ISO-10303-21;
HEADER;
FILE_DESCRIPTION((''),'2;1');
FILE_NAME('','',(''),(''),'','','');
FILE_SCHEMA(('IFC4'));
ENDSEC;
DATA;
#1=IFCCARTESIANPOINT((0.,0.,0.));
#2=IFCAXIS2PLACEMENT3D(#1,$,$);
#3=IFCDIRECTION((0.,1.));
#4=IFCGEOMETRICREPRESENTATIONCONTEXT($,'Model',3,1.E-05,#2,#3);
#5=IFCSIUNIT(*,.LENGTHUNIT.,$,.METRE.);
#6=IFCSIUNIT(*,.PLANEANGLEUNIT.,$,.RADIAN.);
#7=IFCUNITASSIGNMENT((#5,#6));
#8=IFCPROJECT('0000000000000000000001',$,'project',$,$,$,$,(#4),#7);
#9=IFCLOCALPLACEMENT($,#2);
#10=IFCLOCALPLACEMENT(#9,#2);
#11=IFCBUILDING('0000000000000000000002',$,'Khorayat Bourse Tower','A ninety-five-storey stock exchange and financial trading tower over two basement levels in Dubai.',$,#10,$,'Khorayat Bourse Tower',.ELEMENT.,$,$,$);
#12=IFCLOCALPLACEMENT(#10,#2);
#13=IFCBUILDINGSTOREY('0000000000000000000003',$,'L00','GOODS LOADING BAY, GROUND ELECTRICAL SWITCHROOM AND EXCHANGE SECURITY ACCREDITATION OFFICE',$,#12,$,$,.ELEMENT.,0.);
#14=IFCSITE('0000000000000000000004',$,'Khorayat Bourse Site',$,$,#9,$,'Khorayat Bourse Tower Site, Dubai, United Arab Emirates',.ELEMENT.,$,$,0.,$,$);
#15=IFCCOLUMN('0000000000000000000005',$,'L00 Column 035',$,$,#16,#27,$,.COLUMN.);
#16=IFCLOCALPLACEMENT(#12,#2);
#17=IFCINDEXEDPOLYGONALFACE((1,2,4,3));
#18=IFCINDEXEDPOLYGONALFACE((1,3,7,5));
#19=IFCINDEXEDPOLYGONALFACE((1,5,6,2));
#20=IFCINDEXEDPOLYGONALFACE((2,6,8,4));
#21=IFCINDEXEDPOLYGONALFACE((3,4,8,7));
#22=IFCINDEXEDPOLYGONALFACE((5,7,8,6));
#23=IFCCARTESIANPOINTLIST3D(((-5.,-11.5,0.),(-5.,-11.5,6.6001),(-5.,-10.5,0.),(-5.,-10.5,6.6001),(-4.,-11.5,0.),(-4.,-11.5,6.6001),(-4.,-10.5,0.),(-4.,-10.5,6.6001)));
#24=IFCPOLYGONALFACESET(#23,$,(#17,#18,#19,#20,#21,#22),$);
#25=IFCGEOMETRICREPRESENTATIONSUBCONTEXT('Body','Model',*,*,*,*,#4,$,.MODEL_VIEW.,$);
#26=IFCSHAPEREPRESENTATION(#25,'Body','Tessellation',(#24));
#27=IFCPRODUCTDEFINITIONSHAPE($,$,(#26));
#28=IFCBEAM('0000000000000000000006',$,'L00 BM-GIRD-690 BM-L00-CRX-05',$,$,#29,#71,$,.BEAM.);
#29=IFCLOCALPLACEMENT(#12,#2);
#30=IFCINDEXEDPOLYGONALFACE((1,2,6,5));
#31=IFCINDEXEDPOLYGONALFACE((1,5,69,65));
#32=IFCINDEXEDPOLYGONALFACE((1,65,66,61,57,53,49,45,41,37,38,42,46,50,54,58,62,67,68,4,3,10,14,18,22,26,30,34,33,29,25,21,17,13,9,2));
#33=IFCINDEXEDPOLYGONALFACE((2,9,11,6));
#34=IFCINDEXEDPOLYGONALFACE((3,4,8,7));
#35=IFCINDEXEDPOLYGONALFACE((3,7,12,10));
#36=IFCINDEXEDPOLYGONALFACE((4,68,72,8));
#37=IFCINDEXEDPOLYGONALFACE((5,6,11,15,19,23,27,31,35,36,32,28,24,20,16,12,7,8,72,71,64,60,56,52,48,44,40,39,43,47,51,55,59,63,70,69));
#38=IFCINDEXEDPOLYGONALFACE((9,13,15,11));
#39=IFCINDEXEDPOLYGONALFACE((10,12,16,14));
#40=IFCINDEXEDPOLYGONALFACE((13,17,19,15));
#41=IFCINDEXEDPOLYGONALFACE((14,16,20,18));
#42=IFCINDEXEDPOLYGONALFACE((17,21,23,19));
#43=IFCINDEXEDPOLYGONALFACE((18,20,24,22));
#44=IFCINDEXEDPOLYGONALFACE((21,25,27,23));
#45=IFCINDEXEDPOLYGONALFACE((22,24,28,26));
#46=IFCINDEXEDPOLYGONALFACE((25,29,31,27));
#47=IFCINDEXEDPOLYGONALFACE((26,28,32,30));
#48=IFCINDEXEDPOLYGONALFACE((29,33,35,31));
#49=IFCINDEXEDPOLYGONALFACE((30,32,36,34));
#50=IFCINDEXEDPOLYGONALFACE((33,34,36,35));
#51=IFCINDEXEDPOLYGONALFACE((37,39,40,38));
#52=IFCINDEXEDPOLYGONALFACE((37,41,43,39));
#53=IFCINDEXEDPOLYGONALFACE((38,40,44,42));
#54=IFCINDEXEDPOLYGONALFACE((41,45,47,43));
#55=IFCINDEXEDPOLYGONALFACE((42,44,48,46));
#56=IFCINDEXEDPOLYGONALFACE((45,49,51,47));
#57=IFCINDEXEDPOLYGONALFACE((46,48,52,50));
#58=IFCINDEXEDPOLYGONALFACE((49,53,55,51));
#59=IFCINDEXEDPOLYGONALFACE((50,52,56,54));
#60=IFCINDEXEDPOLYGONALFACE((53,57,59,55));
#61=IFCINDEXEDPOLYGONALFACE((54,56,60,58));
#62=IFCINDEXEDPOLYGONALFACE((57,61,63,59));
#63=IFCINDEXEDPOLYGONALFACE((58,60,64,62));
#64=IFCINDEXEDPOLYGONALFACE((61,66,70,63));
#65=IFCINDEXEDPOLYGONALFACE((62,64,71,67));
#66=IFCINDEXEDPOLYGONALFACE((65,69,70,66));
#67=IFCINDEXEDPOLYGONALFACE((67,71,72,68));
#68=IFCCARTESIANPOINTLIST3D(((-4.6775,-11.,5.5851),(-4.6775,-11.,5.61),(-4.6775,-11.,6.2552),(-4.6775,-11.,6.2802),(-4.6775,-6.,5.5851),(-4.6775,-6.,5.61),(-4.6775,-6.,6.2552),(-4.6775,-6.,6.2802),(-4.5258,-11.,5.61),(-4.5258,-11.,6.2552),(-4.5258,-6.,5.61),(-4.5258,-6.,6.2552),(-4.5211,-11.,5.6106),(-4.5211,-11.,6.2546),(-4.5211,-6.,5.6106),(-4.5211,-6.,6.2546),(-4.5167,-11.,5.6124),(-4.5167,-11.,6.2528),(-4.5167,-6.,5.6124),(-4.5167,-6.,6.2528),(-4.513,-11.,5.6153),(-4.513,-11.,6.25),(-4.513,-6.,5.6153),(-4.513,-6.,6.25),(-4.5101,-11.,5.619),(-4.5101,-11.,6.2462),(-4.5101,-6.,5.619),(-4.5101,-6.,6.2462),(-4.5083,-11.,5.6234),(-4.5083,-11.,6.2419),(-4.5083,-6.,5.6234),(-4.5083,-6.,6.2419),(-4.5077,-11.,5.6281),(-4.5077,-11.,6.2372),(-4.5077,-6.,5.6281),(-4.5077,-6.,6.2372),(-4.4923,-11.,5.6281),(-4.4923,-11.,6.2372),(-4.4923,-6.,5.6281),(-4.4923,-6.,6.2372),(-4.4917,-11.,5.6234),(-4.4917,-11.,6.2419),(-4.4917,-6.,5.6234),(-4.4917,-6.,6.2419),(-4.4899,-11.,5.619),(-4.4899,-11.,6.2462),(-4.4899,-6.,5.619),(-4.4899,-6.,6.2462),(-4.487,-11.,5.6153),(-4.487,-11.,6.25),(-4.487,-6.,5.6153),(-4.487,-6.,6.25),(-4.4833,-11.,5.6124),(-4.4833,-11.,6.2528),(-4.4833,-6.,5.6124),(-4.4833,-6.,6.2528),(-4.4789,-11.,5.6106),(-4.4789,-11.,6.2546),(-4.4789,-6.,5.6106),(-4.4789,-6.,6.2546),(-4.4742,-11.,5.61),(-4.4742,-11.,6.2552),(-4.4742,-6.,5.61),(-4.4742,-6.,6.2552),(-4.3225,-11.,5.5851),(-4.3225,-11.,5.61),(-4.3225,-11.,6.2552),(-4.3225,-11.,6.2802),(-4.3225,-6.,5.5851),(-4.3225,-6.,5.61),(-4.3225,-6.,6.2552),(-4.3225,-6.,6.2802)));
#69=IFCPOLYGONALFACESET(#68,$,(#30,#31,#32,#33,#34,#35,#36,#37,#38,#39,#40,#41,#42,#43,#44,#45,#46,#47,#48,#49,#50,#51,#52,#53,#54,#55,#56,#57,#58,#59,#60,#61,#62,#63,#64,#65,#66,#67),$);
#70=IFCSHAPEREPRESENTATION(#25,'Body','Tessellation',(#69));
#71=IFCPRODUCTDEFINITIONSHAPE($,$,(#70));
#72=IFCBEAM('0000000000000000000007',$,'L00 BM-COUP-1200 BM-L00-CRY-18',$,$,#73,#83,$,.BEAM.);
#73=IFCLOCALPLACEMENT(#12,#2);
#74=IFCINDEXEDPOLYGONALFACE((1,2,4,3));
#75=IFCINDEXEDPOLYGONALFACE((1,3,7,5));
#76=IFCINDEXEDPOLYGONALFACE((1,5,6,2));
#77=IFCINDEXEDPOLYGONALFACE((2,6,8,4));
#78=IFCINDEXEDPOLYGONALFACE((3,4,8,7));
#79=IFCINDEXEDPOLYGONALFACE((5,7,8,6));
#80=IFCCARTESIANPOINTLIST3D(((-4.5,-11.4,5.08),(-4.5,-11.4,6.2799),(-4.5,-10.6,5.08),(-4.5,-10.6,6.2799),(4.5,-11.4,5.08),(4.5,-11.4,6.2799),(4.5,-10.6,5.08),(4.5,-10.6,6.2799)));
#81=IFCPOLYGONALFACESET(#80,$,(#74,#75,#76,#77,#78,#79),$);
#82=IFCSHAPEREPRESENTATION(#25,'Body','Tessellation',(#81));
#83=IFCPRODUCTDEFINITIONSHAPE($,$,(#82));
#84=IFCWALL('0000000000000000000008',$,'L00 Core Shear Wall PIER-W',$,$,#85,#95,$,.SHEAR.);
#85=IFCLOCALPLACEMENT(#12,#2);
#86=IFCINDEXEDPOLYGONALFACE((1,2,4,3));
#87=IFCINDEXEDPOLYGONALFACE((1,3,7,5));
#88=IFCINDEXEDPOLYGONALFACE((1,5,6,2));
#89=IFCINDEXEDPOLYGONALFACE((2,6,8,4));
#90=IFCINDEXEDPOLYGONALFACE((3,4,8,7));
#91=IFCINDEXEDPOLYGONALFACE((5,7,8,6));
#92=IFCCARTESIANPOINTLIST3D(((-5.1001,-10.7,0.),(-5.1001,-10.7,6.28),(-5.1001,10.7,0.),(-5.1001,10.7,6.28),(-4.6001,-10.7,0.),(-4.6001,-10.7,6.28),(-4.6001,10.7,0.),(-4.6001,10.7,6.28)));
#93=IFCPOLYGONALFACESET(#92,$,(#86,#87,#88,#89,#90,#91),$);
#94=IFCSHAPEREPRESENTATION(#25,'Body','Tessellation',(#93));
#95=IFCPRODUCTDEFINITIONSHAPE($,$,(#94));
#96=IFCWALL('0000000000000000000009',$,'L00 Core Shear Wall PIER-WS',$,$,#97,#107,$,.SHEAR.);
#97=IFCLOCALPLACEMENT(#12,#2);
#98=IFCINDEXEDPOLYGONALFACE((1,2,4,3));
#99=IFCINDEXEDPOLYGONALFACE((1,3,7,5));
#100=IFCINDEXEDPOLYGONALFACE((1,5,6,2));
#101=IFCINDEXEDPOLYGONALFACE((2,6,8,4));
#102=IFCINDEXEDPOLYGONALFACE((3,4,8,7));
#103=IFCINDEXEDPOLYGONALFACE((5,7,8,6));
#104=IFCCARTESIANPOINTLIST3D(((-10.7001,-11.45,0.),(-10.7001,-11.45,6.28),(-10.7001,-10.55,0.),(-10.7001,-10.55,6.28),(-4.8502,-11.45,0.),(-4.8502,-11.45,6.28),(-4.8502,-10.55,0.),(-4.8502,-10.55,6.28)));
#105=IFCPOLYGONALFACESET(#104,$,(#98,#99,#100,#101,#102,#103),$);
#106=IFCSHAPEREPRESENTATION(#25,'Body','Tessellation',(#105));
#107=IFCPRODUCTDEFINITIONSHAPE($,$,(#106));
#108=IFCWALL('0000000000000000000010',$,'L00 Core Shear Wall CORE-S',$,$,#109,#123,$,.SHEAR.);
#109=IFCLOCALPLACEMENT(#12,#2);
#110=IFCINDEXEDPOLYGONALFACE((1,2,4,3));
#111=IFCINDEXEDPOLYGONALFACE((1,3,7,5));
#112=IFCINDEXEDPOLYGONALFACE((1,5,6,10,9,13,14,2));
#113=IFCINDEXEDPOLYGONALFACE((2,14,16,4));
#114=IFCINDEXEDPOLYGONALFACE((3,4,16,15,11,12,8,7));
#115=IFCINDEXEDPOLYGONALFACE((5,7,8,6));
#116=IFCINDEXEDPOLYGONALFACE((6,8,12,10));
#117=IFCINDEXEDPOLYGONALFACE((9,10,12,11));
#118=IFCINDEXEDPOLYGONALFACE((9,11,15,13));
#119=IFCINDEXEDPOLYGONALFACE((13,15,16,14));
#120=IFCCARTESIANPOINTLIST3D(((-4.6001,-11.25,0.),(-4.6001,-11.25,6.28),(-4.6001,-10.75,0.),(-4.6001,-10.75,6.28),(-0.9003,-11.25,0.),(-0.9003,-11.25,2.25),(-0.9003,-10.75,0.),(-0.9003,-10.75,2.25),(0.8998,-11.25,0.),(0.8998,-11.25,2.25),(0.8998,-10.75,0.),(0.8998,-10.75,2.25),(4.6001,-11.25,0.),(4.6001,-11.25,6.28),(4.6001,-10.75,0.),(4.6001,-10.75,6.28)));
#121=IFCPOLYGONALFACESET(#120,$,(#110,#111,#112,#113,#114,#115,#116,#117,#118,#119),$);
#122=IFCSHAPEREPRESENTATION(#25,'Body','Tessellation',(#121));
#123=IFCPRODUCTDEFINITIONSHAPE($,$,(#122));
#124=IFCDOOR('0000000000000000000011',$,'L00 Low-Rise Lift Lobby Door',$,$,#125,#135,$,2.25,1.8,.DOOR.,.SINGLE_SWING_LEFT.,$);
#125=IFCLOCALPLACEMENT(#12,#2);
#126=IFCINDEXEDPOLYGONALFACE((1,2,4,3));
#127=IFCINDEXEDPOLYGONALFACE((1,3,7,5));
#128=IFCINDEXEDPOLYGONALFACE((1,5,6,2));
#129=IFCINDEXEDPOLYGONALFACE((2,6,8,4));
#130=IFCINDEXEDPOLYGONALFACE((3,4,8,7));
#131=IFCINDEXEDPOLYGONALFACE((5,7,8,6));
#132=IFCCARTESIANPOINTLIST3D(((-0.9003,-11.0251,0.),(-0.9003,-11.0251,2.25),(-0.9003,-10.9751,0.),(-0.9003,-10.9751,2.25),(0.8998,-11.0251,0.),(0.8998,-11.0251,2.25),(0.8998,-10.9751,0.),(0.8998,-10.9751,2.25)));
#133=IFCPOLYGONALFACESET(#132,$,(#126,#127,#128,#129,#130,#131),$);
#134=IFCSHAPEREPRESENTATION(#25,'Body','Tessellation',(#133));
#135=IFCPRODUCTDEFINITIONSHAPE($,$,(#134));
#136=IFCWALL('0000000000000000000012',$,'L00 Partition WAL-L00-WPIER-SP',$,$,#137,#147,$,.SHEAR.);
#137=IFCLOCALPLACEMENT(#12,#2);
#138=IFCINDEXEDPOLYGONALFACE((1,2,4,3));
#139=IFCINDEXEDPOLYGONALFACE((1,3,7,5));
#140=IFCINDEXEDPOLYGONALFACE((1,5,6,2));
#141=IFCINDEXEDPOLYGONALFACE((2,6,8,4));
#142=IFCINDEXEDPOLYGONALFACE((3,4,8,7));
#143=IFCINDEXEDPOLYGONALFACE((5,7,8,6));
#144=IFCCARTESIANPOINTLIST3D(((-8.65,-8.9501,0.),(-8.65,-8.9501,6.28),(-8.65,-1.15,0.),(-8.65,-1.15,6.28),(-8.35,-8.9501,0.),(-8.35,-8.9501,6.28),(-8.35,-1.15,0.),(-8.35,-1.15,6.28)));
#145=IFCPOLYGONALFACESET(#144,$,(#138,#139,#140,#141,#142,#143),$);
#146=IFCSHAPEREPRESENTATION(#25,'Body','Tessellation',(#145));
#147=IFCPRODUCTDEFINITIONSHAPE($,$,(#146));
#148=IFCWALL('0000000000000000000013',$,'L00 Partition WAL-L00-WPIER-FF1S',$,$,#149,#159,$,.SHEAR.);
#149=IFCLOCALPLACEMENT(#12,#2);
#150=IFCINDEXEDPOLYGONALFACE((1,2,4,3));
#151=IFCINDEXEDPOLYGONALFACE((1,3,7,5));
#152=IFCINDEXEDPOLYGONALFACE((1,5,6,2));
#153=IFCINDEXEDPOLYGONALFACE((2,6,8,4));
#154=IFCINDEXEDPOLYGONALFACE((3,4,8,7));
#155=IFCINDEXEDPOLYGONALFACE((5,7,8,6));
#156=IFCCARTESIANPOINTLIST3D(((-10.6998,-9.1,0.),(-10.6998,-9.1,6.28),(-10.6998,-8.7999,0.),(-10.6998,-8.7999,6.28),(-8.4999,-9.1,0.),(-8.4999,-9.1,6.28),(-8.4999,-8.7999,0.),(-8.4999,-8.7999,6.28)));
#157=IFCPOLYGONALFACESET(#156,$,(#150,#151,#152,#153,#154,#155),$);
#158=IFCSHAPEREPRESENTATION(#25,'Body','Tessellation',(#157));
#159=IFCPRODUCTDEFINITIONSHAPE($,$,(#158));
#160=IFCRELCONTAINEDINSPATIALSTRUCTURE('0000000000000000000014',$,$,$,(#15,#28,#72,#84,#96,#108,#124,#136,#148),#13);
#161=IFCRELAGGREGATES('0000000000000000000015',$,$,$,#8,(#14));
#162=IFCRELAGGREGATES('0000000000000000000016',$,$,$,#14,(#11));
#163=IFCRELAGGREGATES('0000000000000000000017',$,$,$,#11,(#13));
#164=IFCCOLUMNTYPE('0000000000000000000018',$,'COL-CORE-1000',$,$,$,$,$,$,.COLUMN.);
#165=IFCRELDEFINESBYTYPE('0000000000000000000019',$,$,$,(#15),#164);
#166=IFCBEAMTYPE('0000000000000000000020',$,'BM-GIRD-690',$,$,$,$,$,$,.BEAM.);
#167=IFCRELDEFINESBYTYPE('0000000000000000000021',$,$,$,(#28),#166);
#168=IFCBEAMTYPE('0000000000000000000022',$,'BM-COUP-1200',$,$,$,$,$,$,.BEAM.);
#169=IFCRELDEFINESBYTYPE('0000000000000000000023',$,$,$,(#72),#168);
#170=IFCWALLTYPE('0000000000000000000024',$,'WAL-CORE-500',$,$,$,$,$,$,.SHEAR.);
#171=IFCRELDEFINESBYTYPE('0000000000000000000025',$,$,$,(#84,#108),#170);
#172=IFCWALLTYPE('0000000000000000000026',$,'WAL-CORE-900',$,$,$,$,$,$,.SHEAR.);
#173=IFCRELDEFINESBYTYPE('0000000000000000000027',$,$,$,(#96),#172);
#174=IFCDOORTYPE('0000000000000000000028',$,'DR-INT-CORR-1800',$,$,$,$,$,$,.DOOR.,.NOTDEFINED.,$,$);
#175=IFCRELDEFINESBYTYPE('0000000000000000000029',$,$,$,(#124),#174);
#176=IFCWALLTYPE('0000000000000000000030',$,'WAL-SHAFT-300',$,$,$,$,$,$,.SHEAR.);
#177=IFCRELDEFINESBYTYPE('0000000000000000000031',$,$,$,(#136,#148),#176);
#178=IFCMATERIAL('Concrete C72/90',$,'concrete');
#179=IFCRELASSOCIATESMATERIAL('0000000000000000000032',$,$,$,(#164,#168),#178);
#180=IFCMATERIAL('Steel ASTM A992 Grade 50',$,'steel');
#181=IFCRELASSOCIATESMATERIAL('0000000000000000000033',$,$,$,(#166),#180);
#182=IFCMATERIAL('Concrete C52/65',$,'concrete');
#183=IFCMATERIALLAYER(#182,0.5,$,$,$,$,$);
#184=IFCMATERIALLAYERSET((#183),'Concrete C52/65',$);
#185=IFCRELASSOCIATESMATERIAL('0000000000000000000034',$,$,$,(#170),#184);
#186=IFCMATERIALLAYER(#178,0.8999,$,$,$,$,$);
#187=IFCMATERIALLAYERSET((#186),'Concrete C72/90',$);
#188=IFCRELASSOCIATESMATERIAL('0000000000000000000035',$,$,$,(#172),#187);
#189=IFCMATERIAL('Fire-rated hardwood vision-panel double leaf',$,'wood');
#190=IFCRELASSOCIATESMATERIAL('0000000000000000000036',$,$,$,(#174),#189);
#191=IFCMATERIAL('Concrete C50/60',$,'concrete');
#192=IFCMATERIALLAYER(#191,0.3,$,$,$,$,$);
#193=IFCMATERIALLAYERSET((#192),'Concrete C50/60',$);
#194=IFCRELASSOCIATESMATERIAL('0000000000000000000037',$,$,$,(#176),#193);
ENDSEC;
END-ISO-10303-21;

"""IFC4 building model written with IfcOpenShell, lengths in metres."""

from ifc_helpers import new_model, si_unit, direction, frame, frame_2d, origin, origin_2d, place, context, subcontext, project, spatial, rectangle, i_section, extrude, source, transform, mapped, material, layer, layer_set, material_profile, profile_set, type_object, element, fill, save


model = new_model("IFC4")

# Units and contexts
model_context = context("Model", 3, precision=1e-05, world=origin(), true_north=direction((0.0, 1.0)))
body_context = subcontext(model_context, "Body", "Model", "MODEL_VIEW")
ifc_project = project(units=[si_unit("LENGTHUNIT", "METRE"), si_unit("PLANEANGLEUNIT", "RADIAN")], contexts=[model_context])

# Site, building, storey
site_placement = place(None, origin())
site = spatial("IfcSite", under=ifc_project, at=site_placement, Name="Khorayat Bourse Site", LongName="Khorayat Bourse Tower Site, Dubai, United Arab Emirates", CompositionType="ELEMENT", RefElevation=0.0)
building_placement = place(site_placement, origin())
building = spatial("IfcBuilding", under=site, at=building_placement, Name="Khorayat Bourse Tower", Description="A ninety-five-storey stock exchange and financial trading tower over two basement levels in Dubai.", LongName="Khorayat Bourse Tower", CompositionType="ELEMENT")
storey_placement = place(building_placement, origin())
storey = spatial("IfcBuildingStorey", under=building, at=storey_placement, Name="L00", Description="GOODS LOADING BAY, GROUND ELECTRICAL SWITCHROOM AND EXCHANGE SECURITY ACCREDITATION OFFICE", CompositionType="ELEMENT", Elevation=0.0)

# Column
ifc_material_1 = material(Name="Concrete C72/90", Category="concrete")
ifc_material_profile_1 = material_profile(ifc_material_1, rectangle(XDim=1.0, YDim=1.0, at=origin_2d()), Name="RC 1000x1000")
ifc_profile_set_1 = profile_set([ifc_material_profile_1], Name="Concrete C72/90")
column_type = type_object("IfcColumnType", Name="COL-CORE-1000", PredefinedType="COLUMN", material=ifc_profile_set_1)
shared_shape_1 = source(origin(), body_context, "Body", "SweptSolid", [
    extrude(rectangle(XDim=1.0, YDim=1.0, at=origin_2d()), origin(), (0.0, 0.0, 1.0), 6.6001),
])
column_placement = place(storey_placement, frame((-4.5, -11.0, 0.0), z_axis=(0.0, 0.0, 1.0), x_axis=(1.0, 0.0, 0.0)))
element("IfcColumn", 1, at=column_placement, inside=storey, type_object=column_type, Name="L00 Column 035", PredefinedType="COLUMN", context=body_context, shape_type="MappedRepresentation", body=[
    mapped(shared_shape_1, transform((0.0, 0.0, 0.0), scale=1.0)),
])

# Beams
ifc_material_2 = material(Name="Steel ASTM A992 Grade 50", Category="steel")
ifc_material_profile_2 = material_profile(ifc_material_2, i_section(OverallWidth=0.355, OverallDepth=0.6951, WebThickness=0.0154, FlangeThickness=0.0249, FilletRadius=0.0181, at=origin_2d()), Name="W690X217")
ifc_profile_set_2 = profile_set([ifc_material_profile_2], Name="Steel ASTM A992 Grade 50")
beam_type_1 = type_object("IfcBeamType", Name="BM-GIRD-690", PredefinedType="BEAM", material=ifc_profile_set_2)
shared_shape_2 = source(origin(), body_context, "Body", "SweptSolid", [
    extrude(i_section(OverallWidth=0.355, OverallDepth=0.6951, WebThickness=0.0154, FlangeThickness=0.0249, FilletRadius=0.0181, at=origin_2d()), origin(), (0.0, 0.0, 1.0), 5.0),
])
beam_1_placement = place(storey_placement, frame((-4.5, -11.0, 5.9326), z_axis=(0.0, 1.0, 0.0), x_axis=(-1.0, 0.0, 0.0)))
element("IfcBeam", 2, at=beam_1_placement, inside=storey, type_object=beam_type_1, Name="L00 BM-GIRD-690 BM-L00-CRX-05", PredefinedType="BEAM", context=body_context, shape_type="MappedRepresentation", body=[
    mapped(shared_shape_2, transform((0.0, 0.0, 0.0), scale=1.0)),
])
ifc_material_profile_3 = material_profile(ifc_material_1, rectangle(XDim=0.8, YDim=1.2, at=origin_2d()), Name="RC 800x1200")
ifc_profile_set_3 = profile_set([ifc_material_profile_3], Name="Concrete C72/90")
beam_type_2 = type_object("IfcBeamType", Name="BM-COUP-1200", PredefinedType="BEAM", material=ifc_profile_set_3)
shared_shape_3 = source(origin(), body_context, "Body", "SweptSolid", [
    extrude(rectangle(XDim=0.8, YDim=1.2, at=origin_2d()), origin(), (0.0, 0.0, 1.0), 9.0),
])
beam_2_placement = place(storey_placement, frame((-4.5, -11.0, 5.6799), z_axis=(1.0, 0.0, 0.0), x_axis=(0.0, 1.0, 0.0)))
element("IfcBeam", 3, at=beam_2_placement, inside=storey, type_object=beam_type_2, Name="L00 BM-COUP-1200 BM-L00-CRY-18", PredefinedType="BEAM", context=body_context, shape_type="MappedRepresentation", body=[
    mapped(shared_shape_3, transform((0.0, 0.0, 0.0), scale=1.0)),
])

# Walls
ifc_material_3 = material(Name="Concrete C52/65", Category="concrete")
ifc_layer_1 = layer(ifc_material_3, 0.5)
ifc_layer_set_1 = layer_set([ifc_layer_1], Name="Concrete C52/65")
wall_type_1 = type_object("IfcWallType", Name="WAL-CORE-500", PredefinedType="SHEAR", material=ifc_layer_set_1)
shared_shape_4 = source(origin(), body_context, "Body", "SweptSolid", [
    extrude(rectangle(XDim=21.3999, YDim=0.5, at=frame_2d((10.7, 0.0))), origin(), (0.0, 0.0, 1.0), 6.28),
])
wall_1_placement = place(storey_placement, frame((-4.8501, -10.7, 0.0), z_axis=(0.0, 0.0, 1.0), x_axis=(0.0, 1.0, 0.0)))
element("IfcWall", 4, at=wall_1_placement, inside=storey, type_object=wall_type_1, Name="L00 Core Shear Wall PIER-W", PredefinedType="SHEAR", context=body_context, shape_type="MappedRepresentation", body=[
    mapped(shared_shape_4, transform((0.0, 0.0, 0.0), scale=1.0)),
])
ifc_layer_2 = layer(ifc_material_1, 0.8999)
ifc_layer_set_2 = layer_set([ifc_layer_2], Name="Concrete C72/90")
wall_type_2 = type_object("IfcWallType", Name="WAL-CORE-900", PredefinedType="SHEAR", material=ifc_layer_set_2)
shared_shape_5 = source(origin(), body_context, "Body", "SweptSolid", [
    extrude(rectangle(XDim=5.8499, YDim=0.8999, at=frame_2d((2.9248, 0.0))), origin(), (0.0, 0.0, 1.0), 6.28),
])
wall_2_placement = place(storey_placement, frame((-10.7, -11.0, 0.0), z_axis=(0.0, 0.0, 1.0), x_axis=(1.0, 0.0, 0.0)))
element("IfcWall", 5, at=wall_2_placement, inside=storey, type_object=wall_type_2, Name="L00 Core Shear Wall PIER-WS", PredefinedType="SHEAR", context=body_context, shape_type="MappedRepresentation", body=[
    mapped(shared_shape_5, transform((0.0, 0.0, 0.0), scale=1.0)),
])

# Wall, opening, door
shared_shape_6 = source(origin(), body_context, "Body", "SweptSolid", [
    extrude(rectangle(XDim=9.2002, YDim=0.5, at=frame_2d((4.6001, 0.0))), origin(), (0.0, 0.0, 1.0), 6.28),
])
wall_3_placement = place(storey_placement, frame((-4.6001, -11.0, 0.0), z_axis=(0.0, 0.0, 1.0), x_axis=(1.0, 0.0, 0.0)))
wall_3 = element("IfcWall", 6, at=wall_3_placement, inside=storey, type_object=wall_type_1, Name="L00 Core Shear Wall CORE-S", PredefinedType="SHEAR", context=body_context, shape_type="MappedRepresentation", body=[
    mapped(shared_shape_6, transform((0.0, 0.0, 0.0), scale=1.0)),
])
shared_shape_7 = source(origin(), body_context, "Body", "SweptSolid", [
    extrude(rectangle(XDim=1.8, YDim=2.25, at=frame_2d((0.8999, 1.125))), frame((0.0, 0.26, 0.0), z_axis=(0.0, -1.0, 0.0), x_axis=(1.0, 0.0, 0.0)), (0.0, 0.0, 1.0), 0.52),
])
opening_placement = place(wall_3_placement, frame((3.7, 0.0, 0.0)))
opening = element("IfcOpeningElement", 7, at=opening_placement, cuts=wall_3, PredefinedType="OPENING", context=body_context, shape_type="MappedRepresentation", body=[
    mapped(shared_shape_7, transform((0.0, 0.0, 0.0), scale=1.0)),
])
ifc_material_4 = material(Name="Fire-rated hardwood vision-panel double leaf", Category="wood")
door_type = type_object("IfcDoorType", Name="DR-INT-CORR-1800", OperationType="NOTDEFINED", PredefinedType="DOOR", material=ifc_material_4)
shared_shape_8 = source(origin(), body_context, "Body", "SweptSolid", [
    extrude(rectangle(XDim=1.8, YDim=2.25, at=frame_2d((0.8999, 1.125))), frame((0.0, 0.0249, 0.0), z_axis=(0.0, -1.0, 0.0), x_axis=(1.0, 0.0, 0.0)), (0.0, 0.0, 1.0), 0.05),
])
door_placement = place(opening_placement, origin())
door = element("IfcDoor", 8, at=door_placement, inside=storey, type_object=door_type, Name="L00 Low-Rise Lift Lobby Door", OperationType="SINGLE_SWING_LEFT", OverallHeight=2.25, OverallWidth=1.8, PredefinedType="DOOR", context=body_context, shape_type="MappedRepresentation", body=[
    mapped(shared_shape_8, transform((0.0, 0.0, 0.0), scale=1.0)),
])
fill(opening, door)

# Walls
ifc_material_5 = material(Name="Concrete C50/60", Category="concrete")
ifc_layer_3 = layer(ifc_material_5, 0.3)
ifc_layer_set_3 = layer_set([ifc_layer_3], Name="Concrete C50/60")
wall_type_3 = type_object("IfcWallType", Name="WAL-SHAFT-300", PredefinedType="SHEAR", material=ifc_layer_set_3)
shared_shape_9 = source(origin(), body_context, "Body", "SweptSolid", [
    extrude(rectangle(XDim=7.8, YDim=0.3, at=frame_2d((3.8999, 0.0))), origin(), (0.0, 0.0, 1.0), 6.28),
])
wall_4_placement = place(storey_placement, frame((-8.5, -8.95, 0.0), z_axis=(0.0, 0.0, 1.0), x_axis=(0.0, 1.0, 0.0)))
element("IfcWall", 9, at=wall_4_placement, inside=storey, type_object=wall_type_3, Name="L00 Partition WAL-L00-WPIER-SP", PredefinedType="SHEAR", context=body_context, shape_type="MappedRepresentation", body=[
    mapped(shared_shape_9, transform((0.0, 0.0, 0.0), scale=1.0)),
])
shared_shape_10 = source(origin(), body_context, "Body", "SweptSolid", [
    extrude(rectangle(XDim=2.2, YDim=0.3, at=frame_2d((1.1001, 0.0))), origin(), (0.0, 0.0, 1.0), 6.28),
])
for number, where, z_axis, x_axis, name in (
    (10, (-10.7, -8.95, 0.0), (0.0, 0.0, 1.0), (1.0, 0.0, 0.0), "L00 Partition WAL-L00-WPIER-FF1S"),
):
    element("IfcWall", number, at=place(storey_placement, frame(where, z_axis=z_axis, x_axis=x_axis)), inside=storey, type_object=wall_type_3, Name=name, PredefinedType="SHEAR", context=body_context, shape_type="MappedRepresentation", body=[
        mapped(shared_shape_10, transform((0.0, 0.0, 0.0), scale=1.0)),
    ])

save(model, "model.ifc")
